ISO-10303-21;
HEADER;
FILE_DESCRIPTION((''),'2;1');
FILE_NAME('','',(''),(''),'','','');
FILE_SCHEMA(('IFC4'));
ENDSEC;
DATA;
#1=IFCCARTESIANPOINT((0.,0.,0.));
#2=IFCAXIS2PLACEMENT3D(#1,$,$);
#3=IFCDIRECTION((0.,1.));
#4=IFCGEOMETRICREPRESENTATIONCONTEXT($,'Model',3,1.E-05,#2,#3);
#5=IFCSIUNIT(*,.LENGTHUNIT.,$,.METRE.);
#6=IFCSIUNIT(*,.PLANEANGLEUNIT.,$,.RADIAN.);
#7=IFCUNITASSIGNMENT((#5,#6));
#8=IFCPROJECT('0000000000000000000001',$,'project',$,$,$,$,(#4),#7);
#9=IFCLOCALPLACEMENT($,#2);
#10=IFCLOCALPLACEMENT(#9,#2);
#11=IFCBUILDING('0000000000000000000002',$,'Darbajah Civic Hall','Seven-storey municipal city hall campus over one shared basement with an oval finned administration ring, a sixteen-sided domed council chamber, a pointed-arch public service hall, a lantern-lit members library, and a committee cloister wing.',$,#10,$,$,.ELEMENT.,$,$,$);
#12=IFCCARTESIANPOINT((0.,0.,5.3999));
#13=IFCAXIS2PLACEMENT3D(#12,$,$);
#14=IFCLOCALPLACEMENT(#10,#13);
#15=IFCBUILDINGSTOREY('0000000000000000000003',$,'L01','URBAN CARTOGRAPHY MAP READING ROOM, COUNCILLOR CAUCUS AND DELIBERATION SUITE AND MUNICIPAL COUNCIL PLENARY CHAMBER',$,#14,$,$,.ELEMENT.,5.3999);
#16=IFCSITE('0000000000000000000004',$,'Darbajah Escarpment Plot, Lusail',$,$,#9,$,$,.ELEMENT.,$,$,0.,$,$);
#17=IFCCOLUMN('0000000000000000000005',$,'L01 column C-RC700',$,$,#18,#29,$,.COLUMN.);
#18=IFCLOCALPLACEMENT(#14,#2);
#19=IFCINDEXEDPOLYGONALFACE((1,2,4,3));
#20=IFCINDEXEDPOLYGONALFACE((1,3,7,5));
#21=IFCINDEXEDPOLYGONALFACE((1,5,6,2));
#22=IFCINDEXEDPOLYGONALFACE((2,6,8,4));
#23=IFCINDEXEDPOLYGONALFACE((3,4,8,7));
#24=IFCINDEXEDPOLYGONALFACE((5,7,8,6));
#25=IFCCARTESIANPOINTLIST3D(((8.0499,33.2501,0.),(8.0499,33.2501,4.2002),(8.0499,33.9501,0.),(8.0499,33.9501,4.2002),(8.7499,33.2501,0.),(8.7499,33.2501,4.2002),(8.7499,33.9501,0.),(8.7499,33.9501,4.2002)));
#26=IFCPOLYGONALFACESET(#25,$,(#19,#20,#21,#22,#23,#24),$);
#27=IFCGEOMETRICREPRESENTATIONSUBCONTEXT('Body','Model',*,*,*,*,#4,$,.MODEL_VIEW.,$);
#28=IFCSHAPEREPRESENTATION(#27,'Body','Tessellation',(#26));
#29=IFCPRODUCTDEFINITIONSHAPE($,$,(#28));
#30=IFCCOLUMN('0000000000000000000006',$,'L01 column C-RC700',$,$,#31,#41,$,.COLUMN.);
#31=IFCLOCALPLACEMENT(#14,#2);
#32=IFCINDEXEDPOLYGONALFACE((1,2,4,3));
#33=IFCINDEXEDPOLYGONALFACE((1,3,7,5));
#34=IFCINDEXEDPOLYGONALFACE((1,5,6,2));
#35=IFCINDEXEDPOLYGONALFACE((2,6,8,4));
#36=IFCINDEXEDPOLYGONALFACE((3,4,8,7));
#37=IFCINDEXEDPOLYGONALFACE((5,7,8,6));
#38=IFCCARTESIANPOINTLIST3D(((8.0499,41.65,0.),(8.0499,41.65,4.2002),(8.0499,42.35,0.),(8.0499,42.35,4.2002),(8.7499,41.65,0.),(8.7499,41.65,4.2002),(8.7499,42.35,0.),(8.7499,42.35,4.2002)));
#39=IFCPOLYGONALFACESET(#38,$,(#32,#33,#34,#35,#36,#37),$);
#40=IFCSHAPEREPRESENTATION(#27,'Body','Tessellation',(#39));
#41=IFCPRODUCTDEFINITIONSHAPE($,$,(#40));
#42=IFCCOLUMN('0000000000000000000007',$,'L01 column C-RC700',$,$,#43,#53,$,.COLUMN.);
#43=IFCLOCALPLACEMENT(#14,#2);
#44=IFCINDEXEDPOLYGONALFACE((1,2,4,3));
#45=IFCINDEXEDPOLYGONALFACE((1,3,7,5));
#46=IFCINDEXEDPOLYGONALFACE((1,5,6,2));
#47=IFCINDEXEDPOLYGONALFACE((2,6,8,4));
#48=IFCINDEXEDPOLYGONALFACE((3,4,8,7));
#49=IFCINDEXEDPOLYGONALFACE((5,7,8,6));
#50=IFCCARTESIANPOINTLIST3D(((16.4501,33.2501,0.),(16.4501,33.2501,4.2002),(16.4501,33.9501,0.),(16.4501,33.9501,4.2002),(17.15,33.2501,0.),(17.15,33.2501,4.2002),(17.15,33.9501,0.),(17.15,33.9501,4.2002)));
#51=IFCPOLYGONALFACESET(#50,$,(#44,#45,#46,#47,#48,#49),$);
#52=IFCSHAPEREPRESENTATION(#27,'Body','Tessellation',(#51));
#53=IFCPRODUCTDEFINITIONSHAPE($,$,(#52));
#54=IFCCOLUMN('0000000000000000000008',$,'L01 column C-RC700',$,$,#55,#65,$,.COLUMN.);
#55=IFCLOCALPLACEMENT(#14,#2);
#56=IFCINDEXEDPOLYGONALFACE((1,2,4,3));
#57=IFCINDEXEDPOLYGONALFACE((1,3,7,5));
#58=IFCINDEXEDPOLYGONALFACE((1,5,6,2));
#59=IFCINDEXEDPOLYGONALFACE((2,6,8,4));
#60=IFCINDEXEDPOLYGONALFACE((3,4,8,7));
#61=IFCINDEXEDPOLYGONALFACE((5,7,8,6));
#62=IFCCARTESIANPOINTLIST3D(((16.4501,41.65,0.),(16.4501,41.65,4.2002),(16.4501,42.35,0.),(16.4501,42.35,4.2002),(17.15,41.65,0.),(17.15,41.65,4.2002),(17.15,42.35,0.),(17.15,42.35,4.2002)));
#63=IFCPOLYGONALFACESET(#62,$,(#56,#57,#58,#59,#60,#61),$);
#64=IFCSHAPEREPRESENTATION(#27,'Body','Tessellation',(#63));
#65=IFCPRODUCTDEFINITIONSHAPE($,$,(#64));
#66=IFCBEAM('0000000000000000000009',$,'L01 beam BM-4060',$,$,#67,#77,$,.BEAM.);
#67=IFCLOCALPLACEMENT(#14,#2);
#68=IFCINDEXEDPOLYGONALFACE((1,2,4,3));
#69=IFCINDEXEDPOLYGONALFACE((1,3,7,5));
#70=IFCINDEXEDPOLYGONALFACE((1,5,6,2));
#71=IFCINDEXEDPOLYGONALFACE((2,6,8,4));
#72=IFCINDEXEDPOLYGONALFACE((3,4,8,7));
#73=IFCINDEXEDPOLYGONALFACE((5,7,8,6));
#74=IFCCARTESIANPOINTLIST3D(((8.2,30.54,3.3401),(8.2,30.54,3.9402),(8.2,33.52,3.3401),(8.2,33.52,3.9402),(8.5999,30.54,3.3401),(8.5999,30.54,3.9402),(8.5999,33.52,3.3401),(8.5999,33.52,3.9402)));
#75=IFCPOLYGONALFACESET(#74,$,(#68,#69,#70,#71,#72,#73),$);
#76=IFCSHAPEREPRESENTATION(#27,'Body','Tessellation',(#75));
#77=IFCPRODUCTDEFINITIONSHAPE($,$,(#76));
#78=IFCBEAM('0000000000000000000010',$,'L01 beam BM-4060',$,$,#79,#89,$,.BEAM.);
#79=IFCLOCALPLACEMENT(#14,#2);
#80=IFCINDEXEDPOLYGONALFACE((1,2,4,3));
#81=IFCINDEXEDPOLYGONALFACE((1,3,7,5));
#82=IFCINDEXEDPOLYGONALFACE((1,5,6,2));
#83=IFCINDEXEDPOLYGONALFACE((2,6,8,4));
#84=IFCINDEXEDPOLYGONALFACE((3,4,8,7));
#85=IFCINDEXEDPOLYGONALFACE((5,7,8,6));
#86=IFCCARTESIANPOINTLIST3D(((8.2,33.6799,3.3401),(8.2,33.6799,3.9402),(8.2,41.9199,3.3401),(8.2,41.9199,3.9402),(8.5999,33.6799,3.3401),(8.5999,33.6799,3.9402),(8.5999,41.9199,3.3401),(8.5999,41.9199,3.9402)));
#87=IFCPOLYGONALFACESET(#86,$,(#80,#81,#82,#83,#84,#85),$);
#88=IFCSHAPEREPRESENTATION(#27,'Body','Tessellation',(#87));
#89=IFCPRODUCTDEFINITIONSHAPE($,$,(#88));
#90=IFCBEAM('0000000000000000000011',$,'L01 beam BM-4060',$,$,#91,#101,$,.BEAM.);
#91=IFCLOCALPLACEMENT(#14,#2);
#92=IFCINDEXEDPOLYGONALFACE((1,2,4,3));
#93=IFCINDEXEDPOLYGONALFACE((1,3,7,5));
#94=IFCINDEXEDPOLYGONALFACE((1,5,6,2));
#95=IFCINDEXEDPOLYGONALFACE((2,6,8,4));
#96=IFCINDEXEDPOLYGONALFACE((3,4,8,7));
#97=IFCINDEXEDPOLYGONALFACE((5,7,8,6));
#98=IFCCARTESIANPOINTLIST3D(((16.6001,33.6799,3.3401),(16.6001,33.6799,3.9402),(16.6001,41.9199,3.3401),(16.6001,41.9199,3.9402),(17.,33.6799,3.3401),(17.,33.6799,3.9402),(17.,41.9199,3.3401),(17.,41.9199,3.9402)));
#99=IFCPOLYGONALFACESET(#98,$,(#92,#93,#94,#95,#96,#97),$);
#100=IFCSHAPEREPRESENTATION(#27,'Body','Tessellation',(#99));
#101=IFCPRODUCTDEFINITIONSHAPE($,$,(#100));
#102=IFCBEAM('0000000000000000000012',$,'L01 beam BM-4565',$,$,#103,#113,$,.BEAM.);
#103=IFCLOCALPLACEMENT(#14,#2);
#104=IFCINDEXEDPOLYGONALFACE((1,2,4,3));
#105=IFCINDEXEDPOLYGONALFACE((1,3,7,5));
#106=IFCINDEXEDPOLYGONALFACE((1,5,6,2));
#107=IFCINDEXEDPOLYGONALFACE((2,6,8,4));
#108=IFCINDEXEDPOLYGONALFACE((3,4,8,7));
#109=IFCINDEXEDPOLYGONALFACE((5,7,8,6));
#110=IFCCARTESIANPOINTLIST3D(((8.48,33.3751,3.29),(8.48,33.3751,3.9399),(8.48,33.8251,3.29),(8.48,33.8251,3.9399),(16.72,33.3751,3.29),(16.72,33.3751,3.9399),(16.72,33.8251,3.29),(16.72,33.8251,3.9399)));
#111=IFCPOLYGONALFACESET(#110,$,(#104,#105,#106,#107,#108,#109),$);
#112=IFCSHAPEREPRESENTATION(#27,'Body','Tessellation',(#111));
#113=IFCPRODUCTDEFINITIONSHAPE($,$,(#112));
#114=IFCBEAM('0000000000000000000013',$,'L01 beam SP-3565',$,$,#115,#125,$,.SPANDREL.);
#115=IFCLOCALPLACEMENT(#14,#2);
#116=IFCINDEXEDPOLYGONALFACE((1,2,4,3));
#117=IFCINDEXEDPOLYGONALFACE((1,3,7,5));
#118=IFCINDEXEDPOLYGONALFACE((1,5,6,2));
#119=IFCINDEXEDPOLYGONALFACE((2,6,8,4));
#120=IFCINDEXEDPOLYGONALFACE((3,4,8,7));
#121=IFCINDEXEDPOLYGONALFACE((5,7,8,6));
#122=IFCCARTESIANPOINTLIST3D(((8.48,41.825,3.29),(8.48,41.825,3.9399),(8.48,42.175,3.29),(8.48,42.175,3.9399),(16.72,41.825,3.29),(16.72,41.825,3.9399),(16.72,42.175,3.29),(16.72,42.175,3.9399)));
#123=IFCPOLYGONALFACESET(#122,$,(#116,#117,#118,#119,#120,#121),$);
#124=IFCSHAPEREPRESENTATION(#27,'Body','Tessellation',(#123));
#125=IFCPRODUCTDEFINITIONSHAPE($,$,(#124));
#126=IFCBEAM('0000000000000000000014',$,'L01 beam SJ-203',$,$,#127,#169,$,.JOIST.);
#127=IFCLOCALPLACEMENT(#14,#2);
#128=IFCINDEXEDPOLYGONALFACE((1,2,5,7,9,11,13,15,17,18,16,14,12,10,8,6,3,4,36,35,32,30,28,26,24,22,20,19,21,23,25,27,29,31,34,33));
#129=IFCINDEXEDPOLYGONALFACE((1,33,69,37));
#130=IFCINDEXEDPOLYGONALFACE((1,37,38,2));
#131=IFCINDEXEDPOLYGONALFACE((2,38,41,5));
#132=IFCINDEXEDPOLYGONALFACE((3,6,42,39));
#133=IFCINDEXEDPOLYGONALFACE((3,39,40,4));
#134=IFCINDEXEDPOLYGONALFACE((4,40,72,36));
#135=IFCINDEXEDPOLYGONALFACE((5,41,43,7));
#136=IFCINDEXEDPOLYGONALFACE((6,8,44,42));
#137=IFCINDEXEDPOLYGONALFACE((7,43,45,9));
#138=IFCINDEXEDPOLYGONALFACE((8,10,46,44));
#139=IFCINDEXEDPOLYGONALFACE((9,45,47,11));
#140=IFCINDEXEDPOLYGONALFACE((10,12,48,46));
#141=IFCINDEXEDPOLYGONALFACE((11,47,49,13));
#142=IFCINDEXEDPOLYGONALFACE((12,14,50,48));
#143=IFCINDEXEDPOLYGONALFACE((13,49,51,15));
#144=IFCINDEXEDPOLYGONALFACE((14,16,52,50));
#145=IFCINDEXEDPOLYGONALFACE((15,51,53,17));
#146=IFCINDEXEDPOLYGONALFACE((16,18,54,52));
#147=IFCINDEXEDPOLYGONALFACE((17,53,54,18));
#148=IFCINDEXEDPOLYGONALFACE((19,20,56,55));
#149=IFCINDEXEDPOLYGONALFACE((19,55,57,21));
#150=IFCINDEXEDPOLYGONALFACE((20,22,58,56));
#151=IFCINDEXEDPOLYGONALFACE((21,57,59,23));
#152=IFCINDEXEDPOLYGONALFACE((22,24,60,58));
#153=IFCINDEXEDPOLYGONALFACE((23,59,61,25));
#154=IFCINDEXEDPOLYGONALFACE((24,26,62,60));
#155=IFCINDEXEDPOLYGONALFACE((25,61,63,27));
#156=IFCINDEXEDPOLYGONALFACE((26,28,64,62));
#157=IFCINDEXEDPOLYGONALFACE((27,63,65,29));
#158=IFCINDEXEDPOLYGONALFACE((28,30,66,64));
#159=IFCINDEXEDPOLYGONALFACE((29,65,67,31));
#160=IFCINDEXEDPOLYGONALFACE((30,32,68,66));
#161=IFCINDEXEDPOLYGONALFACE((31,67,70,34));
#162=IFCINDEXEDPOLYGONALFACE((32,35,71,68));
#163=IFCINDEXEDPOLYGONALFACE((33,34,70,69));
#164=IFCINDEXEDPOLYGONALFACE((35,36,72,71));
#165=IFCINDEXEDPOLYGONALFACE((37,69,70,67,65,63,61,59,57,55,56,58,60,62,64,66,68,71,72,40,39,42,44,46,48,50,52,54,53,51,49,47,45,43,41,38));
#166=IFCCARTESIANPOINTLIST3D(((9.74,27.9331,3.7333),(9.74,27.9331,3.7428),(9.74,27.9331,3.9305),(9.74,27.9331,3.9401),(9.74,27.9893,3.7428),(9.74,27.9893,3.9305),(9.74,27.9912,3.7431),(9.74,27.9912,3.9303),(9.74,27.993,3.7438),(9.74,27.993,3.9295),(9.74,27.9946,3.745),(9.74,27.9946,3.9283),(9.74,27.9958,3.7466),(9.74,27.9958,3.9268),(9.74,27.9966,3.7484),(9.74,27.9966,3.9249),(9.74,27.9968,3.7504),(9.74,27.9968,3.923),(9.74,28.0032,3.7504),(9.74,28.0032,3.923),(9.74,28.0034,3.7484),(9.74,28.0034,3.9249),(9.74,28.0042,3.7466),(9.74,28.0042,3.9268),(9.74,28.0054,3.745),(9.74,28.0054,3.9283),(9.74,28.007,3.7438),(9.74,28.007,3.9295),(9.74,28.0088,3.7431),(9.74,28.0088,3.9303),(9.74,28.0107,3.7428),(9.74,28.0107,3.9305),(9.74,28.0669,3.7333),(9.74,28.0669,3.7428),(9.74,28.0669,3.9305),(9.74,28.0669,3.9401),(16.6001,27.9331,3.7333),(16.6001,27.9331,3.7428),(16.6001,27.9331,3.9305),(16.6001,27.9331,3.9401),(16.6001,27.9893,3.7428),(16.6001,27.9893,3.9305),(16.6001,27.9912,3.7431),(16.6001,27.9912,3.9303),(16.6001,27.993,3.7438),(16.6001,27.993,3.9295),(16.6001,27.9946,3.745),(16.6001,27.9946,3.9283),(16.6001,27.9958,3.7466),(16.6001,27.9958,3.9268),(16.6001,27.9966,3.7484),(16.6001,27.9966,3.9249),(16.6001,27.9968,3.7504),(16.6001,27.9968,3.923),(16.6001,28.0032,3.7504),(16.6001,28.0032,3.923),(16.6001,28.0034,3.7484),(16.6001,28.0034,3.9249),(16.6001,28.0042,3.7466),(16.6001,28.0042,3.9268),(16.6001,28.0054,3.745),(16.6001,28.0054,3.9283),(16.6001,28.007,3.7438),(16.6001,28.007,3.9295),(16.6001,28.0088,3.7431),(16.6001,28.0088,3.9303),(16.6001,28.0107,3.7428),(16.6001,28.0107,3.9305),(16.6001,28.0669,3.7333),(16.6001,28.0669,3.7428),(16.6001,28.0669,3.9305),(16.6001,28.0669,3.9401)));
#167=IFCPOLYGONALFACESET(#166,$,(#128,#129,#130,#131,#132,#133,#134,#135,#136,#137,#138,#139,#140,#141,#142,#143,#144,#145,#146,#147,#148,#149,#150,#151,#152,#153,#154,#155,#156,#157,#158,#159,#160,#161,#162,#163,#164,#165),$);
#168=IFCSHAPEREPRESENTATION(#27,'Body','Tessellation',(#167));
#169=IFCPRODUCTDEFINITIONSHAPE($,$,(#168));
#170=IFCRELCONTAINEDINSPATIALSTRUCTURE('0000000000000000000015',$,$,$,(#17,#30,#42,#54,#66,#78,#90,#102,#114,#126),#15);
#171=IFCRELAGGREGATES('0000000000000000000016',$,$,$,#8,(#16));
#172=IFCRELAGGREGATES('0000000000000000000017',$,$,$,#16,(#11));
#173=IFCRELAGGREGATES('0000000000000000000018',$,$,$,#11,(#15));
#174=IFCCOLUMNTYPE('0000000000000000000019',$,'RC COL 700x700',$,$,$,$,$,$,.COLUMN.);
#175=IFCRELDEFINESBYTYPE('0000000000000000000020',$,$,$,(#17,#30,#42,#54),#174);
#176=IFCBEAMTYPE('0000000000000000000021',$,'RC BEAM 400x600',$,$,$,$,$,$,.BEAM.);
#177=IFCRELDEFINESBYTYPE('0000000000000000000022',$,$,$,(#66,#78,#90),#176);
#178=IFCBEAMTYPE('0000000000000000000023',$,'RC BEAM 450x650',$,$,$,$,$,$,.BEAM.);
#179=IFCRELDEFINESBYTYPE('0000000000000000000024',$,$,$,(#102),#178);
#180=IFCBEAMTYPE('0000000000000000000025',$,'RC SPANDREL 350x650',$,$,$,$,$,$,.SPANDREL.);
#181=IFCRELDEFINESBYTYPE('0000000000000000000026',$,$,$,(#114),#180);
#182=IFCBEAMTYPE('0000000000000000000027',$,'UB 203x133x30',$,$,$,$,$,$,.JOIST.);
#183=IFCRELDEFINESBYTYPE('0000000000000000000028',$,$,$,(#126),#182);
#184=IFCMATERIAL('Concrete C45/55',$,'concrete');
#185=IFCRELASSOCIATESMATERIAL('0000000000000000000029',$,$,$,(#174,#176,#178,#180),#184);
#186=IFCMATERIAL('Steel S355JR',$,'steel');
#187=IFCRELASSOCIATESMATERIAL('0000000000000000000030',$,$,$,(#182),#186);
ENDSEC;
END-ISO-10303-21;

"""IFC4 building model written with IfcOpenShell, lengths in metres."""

from ifc_helpers import new_model, si_unit, direction, frame, origin, origin_2d, place, context, subcontext, project, spatial, rectangle, i_section, extrude, material, material_profile, profile_set, type_object, element, save


model = new_model("IFC4")

# Units and contexts
model_context = context("Model", 3, precision=1e-05, world=origin(), true_north=direction((0.0, 1.0)))
body_context = subcontext(model_context, "Body", "Model", "MODEL_VIEW")
ifc_project = project(units=[si_unit("LENGTHUNIT", "METRE"), si_unit("PLANEANGLEUNIT", "RADIAN")], contexts=[model_context])

# Site, building, storey
site_placement = place(None, origin())
site = spatial("IfcSite", under=ifc_project, at=site_placement, Name="Darbajah Escarpment Plot, Lusail", CompositionType="ELEMENT", RefElevation=0.0)
building_placement = place(site_placement, origin())
building = spatial("IfcBuilding", under=site, at=building_placement, Name="Darbajah Civic Hall", Description="Seven-storey municipal city hall campus over one shared basement with an oval finned administration ring, a sixteen-sided domed council chamber, a pointed-arch public service hall, a lantern-lit members library, and a committee cloister wing.", CompositionType="ELEMENT")
storey_placement = place(building_placement, frame((0.0, 0.0, 5.3999)))
storey = spatial("IfcBuildingStorey", under=building, at=storey_placement, Name="L01", Description="URBAN CARTOGRAPHY MAP READING ROOM, COUNCILLOR CAUCUS AND DELIBERATION SUITE AND MUNICIPAL COUNCIL PLENARY CHAMBER", CompositionType="ELEMENT", Elevation=5.3999)

# Columns
ifc_material_1 = material(Name="Concrete C45/55", Category="concrete")
ifc_material_profile_1 = material_profile(ifc_material_1, rectangle(XDim=0.7, YDim=0.7, at=origin_2d()), Name="RC COL 700x700")
ifc_profile_set_1 = profile_set([ifc_material_profile_1], Name="Concrete C45/55")
column_type = type_object("IfcColumnType", Name="RC COL 700x700", PredefinedType="COLUMN", material=ifc_profile_set_1)
for number, where, z_axis, x_axis, name in (
    (1, (8.3999, 33.6001, 0.0), (0.0, 0.0, 1.0), (1.0, 0.0, 0.0), "L01 column C-RC700"),
    (2, (8.3999, 42.0, 0.0), (0.0, 0.0, 1.0), (1.0, 0.0, 0.0), "L01 column C-RC700"),
    (3, (16.8, 33.6001, 0.0), (0.0, 0.0, 1.0), (1.0, 0.0, 0.0), "L01 column C-RC700"),
    (4, (16.8, 42.0, 0.0), (0.0, 0.0, 1.0), (1.0, 0.0, 0.0), "L01 column C-RC700"),
):
    element("IfcColumn", number, at=place(storey_placement, frame(where, z_axis=z_axis, x_axis=x_axis)), inside=storey, type_object=column_type, Name=name, PredefinedType="COLUMN", context=body_context, shape_type="SweptSolid", body=[
        extrude(rectangle(XDim=0.7, YDim=0.7, at=origin_2d()), origin(), (0.0, 0.0, 1.0), 4.2002),
    ])

# Beams
ifc_material_profile_2 = material_profile(ifc_material_1, rectangle(XDim=0.3999, YDim=0.6001, at=origin_2d()), Name="RC BEAM 400x600")
ifc_profile_set_2 = profile_set([ifc_material_profile_2], Name="Concrete C45/55")
beam_type_1 = type_object("IfcBeamType", Name="RC BEAM 400x600", PredefinedType="BEAM", material=ifc_profile_set_2)
beam_1_placement = place(storey_placement, frame((8.3999, 30.54, 3.6401), z_axis=(0.0, 1.0, 0.0), x_axis=(-1.0, 0.0, 0.0)))
element("IfcBeam", 5, at=beam_1_placement, inside=storey, type_object=beam_type_1, Name="L01 beam BM-4060", PredefinedType="BEAM", context=body_context, shape_type="SweptSolid", body=[
    extrude(rectangle(XDim=0.3999, YDim=0.6001, at=origin_2d()), origin(), (0.0, 0.0, 1.0), 2.98),
])
for number, where, z_axis, x_axis, name in (
    (6, (8.3999, 33.6799, 3.6401), (0.0, 1.0, 0.0), (-1.0, 0.0, 0.0), "L01 beam BM-4060"),
    (7, (16.8, 33.6799, 3.6401), (0.0, 1.0, 0.0), (-1.0, 0.0, 0.0), "L01 beam BM-4060"),
):
    element("IfcBeam", number, at=place(storey_placement, frame(where, z_axis=z_axis, x_axis=x_axis)), inside=storey, type_object=beam_type_1, Name=name, PredefinedType="BEAM", context=body_context, shape_type="SweptSolid", body=[
        extrude(rectangle(XDim=0.3999, YDim=0.6001, at=origin_2d()), origin(), (0.0, 0.0, 1.0), 8.24),
    ])
ifc_material_profile_3 = material_profile(ifc_material_1, rectangle(XDim=0.45, YDim=0.6499, at=origin_2d()), Name="RC BEAM 450x650")
ifc_profile_set_3 = profile_set([ifc_material_profile_3], Name="Concrete C45/55")
beam_type_2 = type_object("IfcBeamType", Name="RC BEAM 450x650", PredefinedType="BEAM", material=ifc_profile_set_3)
beam_2_placement = place(storey_placement, frame((8.48, 33.6001, 3.615), z_axis=(1.0, 0.0, 0.0), x_axis=(0.0, 1.0, 0.0)))
element("IfcBeam", 8, at=beam_2_placement, inside=storey, type_object=beam_type_2, Name="L01 beam BM-4565", PredefinedType="BEAM", context=body_context, shape_type="SweptSolid", body=[
    extrude(rectangle(XDim=0.45, YDim=0.6499, at=origin_2d()), origin(), (0.0, 0.0, 1.0), 8.24),
])
ifc_material_profile_4 = material_profile(ifc_material_1, rectangle(XDim=0.3501, YDim=0.6499, at=origin_2d()), Name="RC SPANDREL 350x650")
ifc_profile_set_4 = profile_set([ifc_material_profile_4], Name="Concrete C45/55")
beam_type_3 = type_object("IfcBeamType", Name="RC SPANDREL 350x650", PredefinedType="SPANDREL", material=ifc_profile_set_4)
beam_3_placement = place(storey_placement, frame((8.48, 42.0, 3.615), z_axis=(1.0, 0.0, 0.0), x_axis=(0.0, 1.0, 0.0)))
element("IfcBeam", 9, at=beam_3_placement, inside=storey, type_object=beam_type_3, Name="L01 beam SP-3565", PredefinedType="SPANDREL", context=body_context, shape_type="SweptSolid", body=[
    extrude(rectangle(XDim=0.3501, YDim=0.6499, at=origin_2d()), origin(), (0.0, 0.0, 1.0), 8.24),
])
ifc_material_2 = material(Name="Steel S355JR", Category="steel")
ifc_material_profile_5 = material_profile(ifc_material_2, i_section(OverallWidth=0.1338, OverallDepth=0.2068, WebThickness=0.0063, FlangeThickness=0.0095, FilletRadius=0.0076, at=origin_2d()), Name="UB 203x133x30")
ifc_profile_set_5 = profile_set([ifc_material_profile_5], Name="Steel S355JR")
beam_type_4 = type_object("IfcBeamType", Name="UB 203x133x30", PredefinedType="JOIST", material=ifc_profile_set_5)
beam_4_placement = place(storey_placement, frame((9.74, 28.0, 3.8367), z_axis=(1.0, 0.0, 0.0), x_axis=(0.0, 1.0, 0.0)))
element("IfcBeam", 10, at=beam_4_placement, inside=storey, type_object=beam_type_4, Name="L01 beam SJ-203", PredefinedType="JOIST", context=body_context, shape_type="SweptSolid", body=[
    extrude(i_section(OverallWidth=0.1338, OverallDepth=0.2068, WebThickness=0.0063, FlangeThickness=0.0095, FilletRadius=0.0076, at=origin_2d()), origin(), (0.0, 0.0, 1.0), 6.8601),
])

save(model, "model.ifc")
